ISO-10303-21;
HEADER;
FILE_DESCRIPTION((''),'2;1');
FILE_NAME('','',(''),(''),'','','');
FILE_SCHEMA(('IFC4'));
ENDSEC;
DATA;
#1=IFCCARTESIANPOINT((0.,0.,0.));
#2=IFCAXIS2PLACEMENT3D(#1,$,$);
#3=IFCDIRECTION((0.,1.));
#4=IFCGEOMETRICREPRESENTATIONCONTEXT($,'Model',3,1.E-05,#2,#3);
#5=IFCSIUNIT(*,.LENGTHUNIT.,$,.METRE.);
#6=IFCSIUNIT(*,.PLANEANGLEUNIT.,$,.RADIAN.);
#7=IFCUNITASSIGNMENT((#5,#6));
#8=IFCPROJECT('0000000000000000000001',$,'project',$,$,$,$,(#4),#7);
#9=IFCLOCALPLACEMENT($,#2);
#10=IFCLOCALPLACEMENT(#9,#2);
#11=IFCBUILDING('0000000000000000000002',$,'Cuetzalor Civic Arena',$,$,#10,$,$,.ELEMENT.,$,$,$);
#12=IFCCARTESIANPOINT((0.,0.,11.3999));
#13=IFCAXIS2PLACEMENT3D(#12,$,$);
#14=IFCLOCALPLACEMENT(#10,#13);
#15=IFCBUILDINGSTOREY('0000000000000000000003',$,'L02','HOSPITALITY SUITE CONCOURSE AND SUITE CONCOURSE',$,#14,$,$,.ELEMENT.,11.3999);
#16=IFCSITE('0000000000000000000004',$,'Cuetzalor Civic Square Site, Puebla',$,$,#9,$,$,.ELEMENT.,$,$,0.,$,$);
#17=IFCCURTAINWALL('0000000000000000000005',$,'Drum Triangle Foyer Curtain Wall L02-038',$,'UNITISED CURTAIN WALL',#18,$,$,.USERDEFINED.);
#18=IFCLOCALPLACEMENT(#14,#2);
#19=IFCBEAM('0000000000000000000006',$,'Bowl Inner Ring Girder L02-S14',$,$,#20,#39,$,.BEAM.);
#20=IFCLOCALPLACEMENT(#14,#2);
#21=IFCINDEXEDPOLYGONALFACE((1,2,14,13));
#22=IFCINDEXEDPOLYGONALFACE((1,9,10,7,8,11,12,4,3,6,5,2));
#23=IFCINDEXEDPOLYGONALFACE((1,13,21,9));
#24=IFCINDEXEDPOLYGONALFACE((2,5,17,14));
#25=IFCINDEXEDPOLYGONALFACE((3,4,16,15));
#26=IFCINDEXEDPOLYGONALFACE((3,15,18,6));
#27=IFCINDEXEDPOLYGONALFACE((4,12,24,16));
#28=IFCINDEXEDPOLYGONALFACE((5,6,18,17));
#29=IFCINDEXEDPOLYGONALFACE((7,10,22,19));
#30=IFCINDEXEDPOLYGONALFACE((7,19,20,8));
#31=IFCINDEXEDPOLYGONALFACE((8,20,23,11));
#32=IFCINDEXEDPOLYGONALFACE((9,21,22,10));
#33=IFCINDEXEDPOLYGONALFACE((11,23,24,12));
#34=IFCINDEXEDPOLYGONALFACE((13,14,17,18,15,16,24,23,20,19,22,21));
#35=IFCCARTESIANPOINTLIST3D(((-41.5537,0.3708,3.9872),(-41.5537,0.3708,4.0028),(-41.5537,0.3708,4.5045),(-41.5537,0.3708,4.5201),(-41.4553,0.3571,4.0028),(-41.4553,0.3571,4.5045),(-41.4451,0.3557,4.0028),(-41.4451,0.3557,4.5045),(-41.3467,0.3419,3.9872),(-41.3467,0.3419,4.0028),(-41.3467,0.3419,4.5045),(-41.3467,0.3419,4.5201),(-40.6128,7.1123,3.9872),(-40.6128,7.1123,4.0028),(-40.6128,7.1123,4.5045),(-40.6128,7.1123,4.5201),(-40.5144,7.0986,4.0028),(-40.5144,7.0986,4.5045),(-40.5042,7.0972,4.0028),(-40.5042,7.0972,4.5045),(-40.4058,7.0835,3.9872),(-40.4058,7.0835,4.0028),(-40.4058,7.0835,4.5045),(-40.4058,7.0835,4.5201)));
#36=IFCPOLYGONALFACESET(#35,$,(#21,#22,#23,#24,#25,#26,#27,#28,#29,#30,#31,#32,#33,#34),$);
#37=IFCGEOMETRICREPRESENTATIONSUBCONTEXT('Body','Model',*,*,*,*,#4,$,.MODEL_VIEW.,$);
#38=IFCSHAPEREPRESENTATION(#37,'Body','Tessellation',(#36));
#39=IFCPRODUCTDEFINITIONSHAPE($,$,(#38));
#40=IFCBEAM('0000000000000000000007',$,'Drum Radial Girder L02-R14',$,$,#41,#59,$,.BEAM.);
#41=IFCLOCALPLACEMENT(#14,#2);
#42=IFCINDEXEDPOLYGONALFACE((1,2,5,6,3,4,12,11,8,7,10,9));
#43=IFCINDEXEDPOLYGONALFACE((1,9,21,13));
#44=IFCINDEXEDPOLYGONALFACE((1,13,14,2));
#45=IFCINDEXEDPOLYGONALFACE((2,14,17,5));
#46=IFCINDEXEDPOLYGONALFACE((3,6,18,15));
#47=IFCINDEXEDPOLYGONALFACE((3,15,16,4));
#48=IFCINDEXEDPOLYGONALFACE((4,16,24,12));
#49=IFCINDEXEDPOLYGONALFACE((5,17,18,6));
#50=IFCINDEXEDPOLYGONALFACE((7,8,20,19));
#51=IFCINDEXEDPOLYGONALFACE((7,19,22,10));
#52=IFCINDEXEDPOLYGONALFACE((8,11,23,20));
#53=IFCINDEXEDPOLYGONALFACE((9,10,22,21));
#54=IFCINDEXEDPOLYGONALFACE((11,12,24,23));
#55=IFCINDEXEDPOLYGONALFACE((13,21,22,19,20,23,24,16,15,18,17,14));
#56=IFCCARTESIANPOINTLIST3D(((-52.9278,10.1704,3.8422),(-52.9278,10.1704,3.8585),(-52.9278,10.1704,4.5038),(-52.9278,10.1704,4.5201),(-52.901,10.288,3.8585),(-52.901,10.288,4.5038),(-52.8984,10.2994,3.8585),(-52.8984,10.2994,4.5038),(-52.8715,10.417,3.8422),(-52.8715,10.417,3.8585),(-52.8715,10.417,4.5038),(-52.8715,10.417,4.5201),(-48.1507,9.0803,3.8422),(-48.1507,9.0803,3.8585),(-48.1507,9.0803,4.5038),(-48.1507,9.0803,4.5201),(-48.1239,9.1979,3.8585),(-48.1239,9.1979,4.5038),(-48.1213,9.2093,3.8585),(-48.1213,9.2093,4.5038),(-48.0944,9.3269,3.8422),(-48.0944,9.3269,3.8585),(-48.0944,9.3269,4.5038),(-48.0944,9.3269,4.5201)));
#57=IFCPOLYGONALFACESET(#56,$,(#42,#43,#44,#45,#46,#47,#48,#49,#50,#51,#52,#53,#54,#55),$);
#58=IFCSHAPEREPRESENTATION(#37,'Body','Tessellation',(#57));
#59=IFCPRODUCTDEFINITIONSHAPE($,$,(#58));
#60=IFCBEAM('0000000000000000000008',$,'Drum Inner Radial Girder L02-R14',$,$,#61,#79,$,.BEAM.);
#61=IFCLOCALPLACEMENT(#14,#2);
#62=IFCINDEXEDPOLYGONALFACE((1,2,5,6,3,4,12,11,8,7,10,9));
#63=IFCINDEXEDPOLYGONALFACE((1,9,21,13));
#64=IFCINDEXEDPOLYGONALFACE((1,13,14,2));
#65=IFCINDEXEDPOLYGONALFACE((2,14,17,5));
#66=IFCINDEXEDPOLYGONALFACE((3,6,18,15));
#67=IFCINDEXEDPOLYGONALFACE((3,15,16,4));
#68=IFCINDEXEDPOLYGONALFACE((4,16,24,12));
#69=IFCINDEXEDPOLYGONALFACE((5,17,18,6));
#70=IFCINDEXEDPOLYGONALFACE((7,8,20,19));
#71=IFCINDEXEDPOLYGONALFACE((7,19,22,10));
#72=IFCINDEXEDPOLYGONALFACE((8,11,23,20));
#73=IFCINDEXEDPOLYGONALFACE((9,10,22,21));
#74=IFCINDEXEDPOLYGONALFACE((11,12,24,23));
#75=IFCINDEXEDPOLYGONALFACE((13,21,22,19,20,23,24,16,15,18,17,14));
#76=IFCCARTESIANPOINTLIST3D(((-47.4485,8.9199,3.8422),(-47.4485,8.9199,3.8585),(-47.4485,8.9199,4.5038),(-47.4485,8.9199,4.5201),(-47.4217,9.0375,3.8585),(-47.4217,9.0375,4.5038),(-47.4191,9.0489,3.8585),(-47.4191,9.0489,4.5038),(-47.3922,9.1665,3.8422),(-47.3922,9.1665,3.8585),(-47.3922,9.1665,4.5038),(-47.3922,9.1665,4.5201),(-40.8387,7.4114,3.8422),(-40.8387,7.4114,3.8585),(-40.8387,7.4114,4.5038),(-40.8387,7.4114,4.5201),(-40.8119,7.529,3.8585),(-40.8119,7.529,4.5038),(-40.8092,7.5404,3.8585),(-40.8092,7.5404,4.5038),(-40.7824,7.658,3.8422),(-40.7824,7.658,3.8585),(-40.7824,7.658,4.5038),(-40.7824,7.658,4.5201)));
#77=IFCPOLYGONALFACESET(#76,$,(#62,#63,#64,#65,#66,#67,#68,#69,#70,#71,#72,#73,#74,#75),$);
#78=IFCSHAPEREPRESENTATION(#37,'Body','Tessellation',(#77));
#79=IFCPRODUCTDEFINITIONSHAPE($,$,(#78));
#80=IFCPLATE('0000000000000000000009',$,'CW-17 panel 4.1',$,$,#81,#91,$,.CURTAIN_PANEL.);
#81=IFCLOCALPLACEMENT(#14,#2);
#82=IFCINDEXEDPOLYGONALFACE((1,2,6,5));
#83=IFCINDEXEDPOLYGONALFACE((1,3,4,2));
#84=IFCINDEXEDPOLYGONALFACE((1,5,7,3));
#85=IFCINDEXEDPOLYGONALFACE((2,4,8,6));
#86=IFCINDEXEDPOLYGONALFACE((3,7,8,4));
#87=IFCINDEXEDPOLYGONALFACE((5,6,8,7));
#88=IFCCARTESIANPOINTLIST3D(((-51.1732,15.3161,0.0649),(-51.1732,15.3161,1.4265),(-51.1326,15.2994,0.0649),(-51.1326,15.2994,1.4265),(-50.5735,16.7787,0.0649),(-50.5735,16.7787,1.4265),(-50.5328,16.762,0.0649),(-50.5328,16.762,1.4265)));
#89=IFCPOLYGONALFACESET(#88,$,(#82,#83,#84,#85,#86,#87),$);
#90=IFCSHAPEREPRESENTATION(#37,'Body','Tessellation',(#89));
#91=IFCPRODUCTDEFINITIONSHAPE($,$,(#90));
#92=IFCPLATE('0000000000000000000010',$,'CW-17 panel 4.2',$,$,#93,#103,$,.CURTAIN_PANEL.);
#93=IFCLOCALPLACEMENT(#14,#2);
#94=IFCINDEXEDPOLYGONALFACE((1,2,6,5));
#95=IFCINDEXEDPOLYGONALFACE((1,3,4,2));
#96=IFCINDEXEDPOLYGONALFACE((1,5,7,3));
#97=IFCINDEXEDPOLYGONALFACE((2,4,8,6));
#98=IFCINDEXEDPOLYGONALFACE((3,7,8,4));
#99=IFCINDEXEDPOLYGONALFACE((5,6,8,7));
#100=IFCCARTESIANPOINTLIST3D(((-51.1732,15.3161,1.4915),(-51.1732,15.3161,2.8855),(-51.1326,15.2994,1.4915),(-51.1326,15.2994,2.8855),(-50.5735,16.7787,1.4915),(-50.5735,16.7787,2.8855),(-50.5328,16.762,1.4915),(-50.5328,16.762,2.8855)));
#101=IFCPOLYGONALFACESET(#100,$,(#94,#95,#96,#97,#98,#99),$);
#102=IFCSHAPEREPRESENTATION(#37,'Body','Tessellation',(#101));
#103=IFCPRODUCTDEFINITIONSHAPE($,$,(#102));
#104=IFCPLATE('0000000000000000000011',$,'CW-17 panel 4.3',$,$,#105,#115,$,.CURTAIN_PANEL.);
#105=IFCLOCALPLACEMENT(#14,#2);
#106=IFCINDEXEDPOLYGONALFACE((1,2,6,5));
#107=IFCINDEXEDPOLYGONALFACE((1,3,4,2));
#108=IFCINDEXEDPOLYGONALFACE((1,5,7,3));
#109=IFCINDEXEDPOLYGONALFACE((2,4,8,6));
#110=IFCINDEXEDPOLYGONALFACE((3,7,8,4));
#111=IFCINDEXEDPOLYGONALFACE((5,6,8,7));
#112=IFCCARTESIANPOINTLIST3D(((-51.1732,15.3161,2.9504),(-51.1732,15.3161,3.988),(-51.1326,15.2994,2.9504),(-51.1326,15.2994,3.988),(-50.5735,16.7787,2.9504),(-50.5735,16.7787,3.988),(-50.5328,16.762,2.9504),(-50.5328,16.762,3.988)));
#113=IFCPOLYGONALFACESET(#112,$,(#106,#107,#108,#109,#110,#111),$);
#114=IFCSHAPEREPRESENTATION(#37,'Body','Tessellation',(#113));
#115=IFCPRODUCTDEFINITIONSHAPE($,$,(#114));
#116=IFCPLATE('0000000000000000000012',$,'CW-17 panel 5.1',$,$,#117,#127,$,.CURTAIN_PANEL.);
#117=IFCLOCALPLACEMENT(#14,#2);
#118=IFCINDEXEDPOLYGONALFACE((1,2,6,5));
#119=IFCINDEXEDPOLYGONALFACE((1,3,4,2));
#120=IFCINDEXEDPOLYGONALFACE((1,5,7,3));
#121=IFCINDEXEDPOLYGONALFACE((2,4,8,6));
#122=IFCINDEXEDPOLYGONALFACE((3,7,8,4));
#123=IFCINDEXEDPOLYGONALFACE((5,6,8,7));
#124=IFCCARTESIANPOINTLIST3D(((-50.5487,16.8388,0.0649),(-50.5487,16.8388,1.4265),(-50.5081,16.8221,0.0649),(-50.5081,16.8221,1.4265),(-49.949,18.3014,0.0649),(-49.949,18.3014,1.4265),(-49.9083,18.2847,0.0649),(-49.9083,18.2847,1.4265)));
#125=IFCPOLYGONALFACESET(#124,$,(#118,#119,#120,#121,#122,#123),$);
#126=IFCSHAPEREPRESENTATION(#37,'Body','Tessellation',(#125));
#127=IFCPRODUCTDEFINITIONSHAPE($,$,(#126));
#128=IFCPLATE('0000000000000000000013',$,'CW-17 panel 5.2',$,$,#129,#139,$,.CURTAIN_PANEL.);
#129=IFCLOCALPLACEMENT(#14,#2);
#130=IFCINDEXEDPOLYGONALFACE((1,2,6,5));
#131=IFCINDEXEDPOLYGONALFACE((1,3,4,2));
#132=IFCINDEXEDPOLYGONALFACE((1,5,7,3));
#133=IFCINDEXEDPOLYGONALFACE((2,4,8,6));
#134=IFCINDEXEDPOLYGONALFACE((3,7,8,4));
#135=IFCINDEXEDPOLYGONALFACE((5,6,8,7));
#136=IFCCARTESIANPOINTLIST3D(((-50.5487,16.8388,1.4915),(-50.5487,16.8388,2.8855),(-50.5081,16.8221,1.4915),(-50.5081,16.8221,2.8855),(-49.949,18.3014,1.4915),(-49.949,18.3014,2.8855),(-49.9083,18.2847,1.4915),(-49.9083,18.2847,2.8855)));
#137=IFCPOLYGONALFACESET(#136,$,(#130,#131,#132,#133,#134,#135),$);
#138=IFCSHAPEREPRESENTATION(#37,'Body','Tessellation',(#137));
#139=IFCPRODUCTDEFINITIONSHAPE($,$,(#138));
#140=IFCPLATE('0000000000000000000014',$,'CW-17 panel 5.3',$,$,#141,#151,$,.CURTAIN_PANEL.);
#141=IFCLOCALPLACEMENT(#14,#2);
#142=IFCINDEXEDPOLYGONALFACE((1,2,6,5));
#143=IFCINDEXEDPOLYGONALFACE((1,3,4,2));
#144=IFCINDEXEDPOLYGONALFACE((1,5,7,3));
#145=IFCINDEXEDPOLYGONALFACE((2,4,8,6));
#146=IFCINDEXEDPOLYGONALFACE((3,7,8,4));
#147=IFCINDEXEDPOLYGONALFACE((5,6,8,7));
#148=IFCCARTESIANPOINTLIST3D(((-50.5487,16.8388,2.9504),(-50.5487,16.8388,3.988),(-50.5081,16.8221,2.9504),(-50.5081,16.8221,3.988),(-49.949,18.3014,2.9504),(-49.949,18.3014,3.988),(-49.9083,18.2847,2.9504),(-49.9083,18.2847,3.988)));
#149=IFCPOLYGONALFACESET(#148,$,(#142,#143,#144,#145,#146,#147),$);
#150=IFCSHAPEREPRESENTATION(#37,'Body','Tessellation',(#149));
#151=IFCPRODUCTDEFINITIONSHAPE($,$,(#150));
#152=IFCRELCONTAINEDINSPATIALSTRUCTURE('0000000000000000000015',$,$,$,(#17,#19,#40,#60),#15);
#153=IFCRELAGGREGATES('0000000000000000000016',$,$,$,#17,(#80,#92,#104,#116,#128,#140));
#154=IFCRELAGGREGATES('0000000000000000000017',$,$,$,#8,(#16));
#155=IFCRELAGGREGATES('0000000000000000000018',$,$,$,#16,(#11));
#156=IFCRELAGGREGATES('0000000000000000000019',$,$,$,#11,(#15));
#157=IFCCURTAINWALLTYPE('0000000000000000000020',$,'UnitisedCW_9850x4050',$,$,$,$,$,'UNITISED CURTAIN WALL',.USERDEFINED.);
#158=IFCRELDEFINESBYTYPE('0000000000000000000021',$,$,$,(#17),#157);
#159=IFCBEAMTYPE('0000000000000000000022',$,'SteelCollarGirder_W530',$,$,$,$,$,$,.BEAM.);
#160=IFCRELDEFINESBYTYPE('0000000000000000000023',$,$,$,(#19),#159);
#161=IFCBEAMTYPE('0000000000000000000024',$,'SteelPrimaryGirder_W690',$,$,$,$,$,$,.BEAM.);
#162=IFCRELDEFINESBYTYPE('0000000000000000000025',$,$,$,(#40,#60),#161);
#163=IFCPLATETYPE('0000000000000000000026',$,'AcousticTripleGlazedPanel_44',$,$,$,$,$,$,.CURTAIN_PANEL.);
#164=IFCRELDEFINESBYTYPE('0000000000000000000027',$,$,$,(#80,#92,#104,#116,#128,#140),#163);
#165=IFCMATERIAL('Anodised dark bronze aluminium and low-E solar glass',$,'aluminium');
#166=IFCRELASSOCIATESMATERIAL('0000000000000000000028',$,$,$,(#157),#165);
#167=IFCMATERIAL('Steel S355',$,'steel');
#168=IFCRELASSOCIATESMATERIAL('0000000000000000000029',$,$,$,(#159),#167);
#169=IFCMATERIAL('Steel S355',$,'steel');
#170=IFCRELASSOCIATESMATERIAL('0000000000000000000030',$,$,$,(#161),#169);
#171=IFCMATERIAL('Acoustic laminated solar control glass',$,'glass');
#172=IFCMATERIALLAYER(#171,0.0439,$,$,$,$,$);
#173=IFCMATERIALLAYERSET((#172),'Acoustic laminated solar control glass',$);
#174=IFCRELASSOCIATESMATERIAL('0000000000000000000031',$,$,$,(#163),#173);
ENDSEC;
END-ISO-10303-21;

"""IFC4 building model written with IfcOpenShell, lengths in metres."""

from ifc_helpers import new_model, si_unit, direction, frame, origin, origin_2d, place, context, subcontext, project, spatial, rectangle, i_section, extrude, material, layer, layer_set, material_profile, profile_set, type_object, element, aggregate, save


model = new_model("IFC4")

# Units and contexts
model_context = context("Model", 3, precision=1e-05, world=origin(), true_north=direction((0.0, 1.0)))
body_context = subcontext(model_context, "Body", "Model", "MODEL_VIEW")
ifc_project = project(units=[si_unit("LENGTHUNIT", "METRE"), si_unit("PLANEANGLEUNIT", "RADIAN")], contexts=[model_context])

# Site, building, storey
site_placement = place(None, origin())
site = spatial("IfcSite", under=ifc_project, at=site_placement, Name="Cuetzalor Civic Square Site, Puebla", CompositionType="ELEMENT", RefElevation=0.0)
building_placement = place(site_placement, origin())
building = spatial("IfcBuilding", under=site, at=building_placement, Name="Cuetzalor Civic Arena", CompositionType="ELEMENT")
storey_placement = place(building_placement, frame((0.0, 0.0, 11.3999)))
storey = spatial("IfcBuildingStorey", under=building, at=storey_placement, Name="L02", Description="HOSPITALITY SUITE CONCOURSE AND SUITE CONCOURSE", CompositionType="ELEMENT", Elevation=11.3999)

# Curtain wall
ifc_material_1 = material(Name="Anodised dark bronze aluminium and low-E solar glass", Category="aluminium")
curtain_wall_type = type_object("IfcCurtainWallType", Name="UnitisedCW_9850x4050", ElementType="UNITISED CURTAIN WALL", PredefinedType="USERDEFINED", material=ifc_material_1)
curtain_wall_placement = place(storey_placement, origin())
curtain_wall = element("IfcCurtainWall", 1, at=curtain_wall_placement, inside=storey, type_object=curtain_wall_type, Name="Drum Triangle Foyer Curtain Wall L02-038", ObjectType="UNITISED CURTAIN WALL", PredefinedType="USERDEFINED")

# Beams
ifc_material_2 = material(Name="Steel S355", Category="steel")
ifc_material_profile_1 = material_profile(ifc_material_2, i_section(OverallWidth=0.209, OverallDepth=0.533, WebThickness=0.0103, FlangeThickness=0.0156, at=origin_2d()), Name="W530x92")
ifc_profile_set_1 = profile_set([ifc_material_profile_1], Name="Steel S355")
beam_type_1 = type_object("IfcBeamType", Name="SteelCollarGirder_W530", PredefinedType="BEAM", material=ifc_profile_set_1)
beam_1_placement = place(storey_placement, frame((-40.5093, 7.0979, 4.2537), z_axis=(-0.138232, -0.9904, 0.0), x_axis=(0.9904, -0.138232, 0.0)))
element("IfcBeam", 2, at=beam_1_placement, inside=storey, type_object=beam_type_1, Name="Bowl Inner Ring Girder L02-S14", PredefinedType="BEAM", context=body_context, shape_type="SweptSolid", body=[
    extrude(i_section(OverallWidth=0.209, OverallDepth=0.533, WebThickness=0.0103, FlangeThickness=0.0156, at=origin_2d()), origin(), (0.0, 0.0, 1.0), 6.8069),
])
ifc_material_3 = material(Name="Steel S355", Category="steel")
ifc_material_profile_2 = material_profile(ifc_material_3, i_section(OverallWidth=0.2529, OverallDepth=0.678, WebThickness=0.0117, FlangeThickness=0.0164, at=origin_2d()), Name="W690x125")
ifc_profile_set_2 = profile_set([ifc_material_profile_2], Name="Steel S355")
beam_type_2 = type_object("IfcBeamType", Name="SteelPrimaryGirder_W690", PredefinedType="BEAM", material=ifc_profile_set_2)
beam_2_placement = place(storey_placement, frame((-48.1226, 9.2036, 4.1812), z_axis=(-0.974939, 0.222472, 0.0), x_axis=(-0.222472, -0.974939, 0.0)))
element("IfcBeam", 3, at=beam_2_placement, inside=storey, type_object=beam_type_2, Name="Drum Radial Girder L02-R14", PredefinedType="BEAM", context=body_context, shape_type="SweptSolid", body=[
    extrude(i_section(OverallWidth=0.2529, OverallDepth=0.678, WebThickness=0.0117, FlangeThickness=0.0164, at=origin_2d()), origin(), (0.0, 0.0, 1.0), 4.8999),
])
beam_3_placement = place(storey_placement, frame((-40.8105, 7.5347, 4.1812), z_axis=(-0.974932, 0.222505, 0.0), x_axis=(-0.222505, -0.974932, 0.0)))
element("IfcBeam", 4, at=beam_3_placement, inside=storey, type_object=beam_type_2, Name="Drum Inner Radial Girder L02-R14", PredefinedType="BEAM", context=body_context, shape_type="SweptSolid", body=[
    extrude(i_section(OverallWidth=0.2529, OverallDepth=0.678, WebThickness=0.0117, FlangeThickness=0.0164, at=origin_2d()), origin(), (0.0, 0.0, 1.0), 6.7798),
])

# Plates
ifc_material_4 = material(Name="Acoustic laminated solar control glass", Category="glass")
ifc_layer = layer(ifc_material_4, 0.0439)
ifc_layer_set = layer_set([ifc_layer], Name="Acoustic laminated solar control glass")
plate_type = type_object("IfcPlateType", Name="AcousticTripleGlazedPanel_44", PredefinedType="CURTAIN_PANEL", material=ifc_layer_set)
plate_1_placement = place(storey_placement, frame((-50.853, 16.0391, 0.0649), z_axis=(0.0, 0.0, 1.0), x_axis=(0.379391, 0.925236, 0.0)))
plate_1 = element("IfcPlate", 5, at=plate_1_placement, type_object=plate_type, Name="CW-17 panel 4.1", PredefinedType="CURTAIN_PANEL", context=body_context, shape_type="SweptSolid", body=[
    extrude(rectangle(XDim=1.5808, YDim=0.0439, at=origin_2d()), origin(), (0.0, 0.0, 1.0), 1.3616),
])
plate_2_placement = place(storey_placement, frame((-50.853, 16.0391, 1.4915), z_axis=(0.0, 0.0, 1.0), x_axis=(0.379391, 0.925236, 0.0)))
plate_2 = element("IfcPlate", 6, at=plate_2_placement, type_object=plate_type, Name="CW-17 panel 4.2", PredefinedType="CURTAIN_PANEL", context=body_context, shape_type="SweptSolid", body=[
    extrude(rectangle(XDim=1.5808, YDim=0.0439, at=origin_2d()), origin(), (0.0, 0.0, 1.0), 1.394),
])
plate_3_placement = place(storey_placement, frame((-50.853, 16.0391, 2.9504), z_axis=(0.0, 0.0, 1.0), x_axis=(0.379391, 0.925236, 0.0)))
plate_3 = element("IfcPlate", 7, at=plate_3_placement, type_object=plate_type, Name="CW-17 panel 4.3", PredefinedType="CURTAIN_PANEL", context=body_context, shape_type="SweptSolid", body=[
    extrude(rectangle(XDim=1.5808, YDim=0.0439, at=origin_2d()), origin(), (0.0, 0.0, 1.0), 1.0376),
])
plate_4_placement = place(storey_placement, frame((-50.2285, 17.5618, 0.0649), z_axis=(0.0, 0.0, 1.0), x_axis=(0.379391, 0.925236, 0.0)))
plate_4 = element("IfcPlate", 8, at=plate_4_placement, type_object=plate_type, Name="CW-17 panel 5.1", PredefinedType="CURTAIN_PANEL", context=body_context, shape_type="SweptSolid", body=[
    extrude(rectangle(XDim=1.5808, YDim=0.0439, at=origin_2d()), origin(), (0.0, 0.0, 1.0), 1.3616),
])
plate_5_placement = place(storey_placement, frame((-50.2285, 17.5618, 1.4915), z_axis=(0.0, 0.0, 1.0), x_axis=(0.379391, 0.925236, 0.0)))
plate_5 = element("IfcPlate", 9, at=plate_5_placement, type_object=plate_type, Name="CW-17 panel 5.2", PredefinedType="CURTAIN_PANEL", context=body_context, shape_type="SweptSolid", body=[
    extrude(rectangle(XDim=1.5808, YDim=0.0439, at=origin_2d()), origin(), (0.0, 0.0, 1.0), 1.394),
])
plate_6_placement = place(storey_placement, frame((-50.2285, 17.5618, 2.9504), z_axis=(0.0, 0.0, 1.0), x_axis=(0.379391, 0.925236, 0.0)))
plate_6 = element("IfcPlate", 10, at=plate_6_placement, type_object=plate_type, Name="CW-17 panel 5.3", PredefinedType="CURTAIN_PANEL", context=body_context, shape_type="SweptSolid", body=[
    extrude(rectangle(XDim=1.5808, YDim=0.0439, at=origin_2d()), origin(), (0.0, 0.0, 1.0), 1.0376),
])
aggregate(curtain_wall, [plate_1, plate_2, plate_3, plate_4, plate_5, plate_6])

save(model, "model.ifc")
